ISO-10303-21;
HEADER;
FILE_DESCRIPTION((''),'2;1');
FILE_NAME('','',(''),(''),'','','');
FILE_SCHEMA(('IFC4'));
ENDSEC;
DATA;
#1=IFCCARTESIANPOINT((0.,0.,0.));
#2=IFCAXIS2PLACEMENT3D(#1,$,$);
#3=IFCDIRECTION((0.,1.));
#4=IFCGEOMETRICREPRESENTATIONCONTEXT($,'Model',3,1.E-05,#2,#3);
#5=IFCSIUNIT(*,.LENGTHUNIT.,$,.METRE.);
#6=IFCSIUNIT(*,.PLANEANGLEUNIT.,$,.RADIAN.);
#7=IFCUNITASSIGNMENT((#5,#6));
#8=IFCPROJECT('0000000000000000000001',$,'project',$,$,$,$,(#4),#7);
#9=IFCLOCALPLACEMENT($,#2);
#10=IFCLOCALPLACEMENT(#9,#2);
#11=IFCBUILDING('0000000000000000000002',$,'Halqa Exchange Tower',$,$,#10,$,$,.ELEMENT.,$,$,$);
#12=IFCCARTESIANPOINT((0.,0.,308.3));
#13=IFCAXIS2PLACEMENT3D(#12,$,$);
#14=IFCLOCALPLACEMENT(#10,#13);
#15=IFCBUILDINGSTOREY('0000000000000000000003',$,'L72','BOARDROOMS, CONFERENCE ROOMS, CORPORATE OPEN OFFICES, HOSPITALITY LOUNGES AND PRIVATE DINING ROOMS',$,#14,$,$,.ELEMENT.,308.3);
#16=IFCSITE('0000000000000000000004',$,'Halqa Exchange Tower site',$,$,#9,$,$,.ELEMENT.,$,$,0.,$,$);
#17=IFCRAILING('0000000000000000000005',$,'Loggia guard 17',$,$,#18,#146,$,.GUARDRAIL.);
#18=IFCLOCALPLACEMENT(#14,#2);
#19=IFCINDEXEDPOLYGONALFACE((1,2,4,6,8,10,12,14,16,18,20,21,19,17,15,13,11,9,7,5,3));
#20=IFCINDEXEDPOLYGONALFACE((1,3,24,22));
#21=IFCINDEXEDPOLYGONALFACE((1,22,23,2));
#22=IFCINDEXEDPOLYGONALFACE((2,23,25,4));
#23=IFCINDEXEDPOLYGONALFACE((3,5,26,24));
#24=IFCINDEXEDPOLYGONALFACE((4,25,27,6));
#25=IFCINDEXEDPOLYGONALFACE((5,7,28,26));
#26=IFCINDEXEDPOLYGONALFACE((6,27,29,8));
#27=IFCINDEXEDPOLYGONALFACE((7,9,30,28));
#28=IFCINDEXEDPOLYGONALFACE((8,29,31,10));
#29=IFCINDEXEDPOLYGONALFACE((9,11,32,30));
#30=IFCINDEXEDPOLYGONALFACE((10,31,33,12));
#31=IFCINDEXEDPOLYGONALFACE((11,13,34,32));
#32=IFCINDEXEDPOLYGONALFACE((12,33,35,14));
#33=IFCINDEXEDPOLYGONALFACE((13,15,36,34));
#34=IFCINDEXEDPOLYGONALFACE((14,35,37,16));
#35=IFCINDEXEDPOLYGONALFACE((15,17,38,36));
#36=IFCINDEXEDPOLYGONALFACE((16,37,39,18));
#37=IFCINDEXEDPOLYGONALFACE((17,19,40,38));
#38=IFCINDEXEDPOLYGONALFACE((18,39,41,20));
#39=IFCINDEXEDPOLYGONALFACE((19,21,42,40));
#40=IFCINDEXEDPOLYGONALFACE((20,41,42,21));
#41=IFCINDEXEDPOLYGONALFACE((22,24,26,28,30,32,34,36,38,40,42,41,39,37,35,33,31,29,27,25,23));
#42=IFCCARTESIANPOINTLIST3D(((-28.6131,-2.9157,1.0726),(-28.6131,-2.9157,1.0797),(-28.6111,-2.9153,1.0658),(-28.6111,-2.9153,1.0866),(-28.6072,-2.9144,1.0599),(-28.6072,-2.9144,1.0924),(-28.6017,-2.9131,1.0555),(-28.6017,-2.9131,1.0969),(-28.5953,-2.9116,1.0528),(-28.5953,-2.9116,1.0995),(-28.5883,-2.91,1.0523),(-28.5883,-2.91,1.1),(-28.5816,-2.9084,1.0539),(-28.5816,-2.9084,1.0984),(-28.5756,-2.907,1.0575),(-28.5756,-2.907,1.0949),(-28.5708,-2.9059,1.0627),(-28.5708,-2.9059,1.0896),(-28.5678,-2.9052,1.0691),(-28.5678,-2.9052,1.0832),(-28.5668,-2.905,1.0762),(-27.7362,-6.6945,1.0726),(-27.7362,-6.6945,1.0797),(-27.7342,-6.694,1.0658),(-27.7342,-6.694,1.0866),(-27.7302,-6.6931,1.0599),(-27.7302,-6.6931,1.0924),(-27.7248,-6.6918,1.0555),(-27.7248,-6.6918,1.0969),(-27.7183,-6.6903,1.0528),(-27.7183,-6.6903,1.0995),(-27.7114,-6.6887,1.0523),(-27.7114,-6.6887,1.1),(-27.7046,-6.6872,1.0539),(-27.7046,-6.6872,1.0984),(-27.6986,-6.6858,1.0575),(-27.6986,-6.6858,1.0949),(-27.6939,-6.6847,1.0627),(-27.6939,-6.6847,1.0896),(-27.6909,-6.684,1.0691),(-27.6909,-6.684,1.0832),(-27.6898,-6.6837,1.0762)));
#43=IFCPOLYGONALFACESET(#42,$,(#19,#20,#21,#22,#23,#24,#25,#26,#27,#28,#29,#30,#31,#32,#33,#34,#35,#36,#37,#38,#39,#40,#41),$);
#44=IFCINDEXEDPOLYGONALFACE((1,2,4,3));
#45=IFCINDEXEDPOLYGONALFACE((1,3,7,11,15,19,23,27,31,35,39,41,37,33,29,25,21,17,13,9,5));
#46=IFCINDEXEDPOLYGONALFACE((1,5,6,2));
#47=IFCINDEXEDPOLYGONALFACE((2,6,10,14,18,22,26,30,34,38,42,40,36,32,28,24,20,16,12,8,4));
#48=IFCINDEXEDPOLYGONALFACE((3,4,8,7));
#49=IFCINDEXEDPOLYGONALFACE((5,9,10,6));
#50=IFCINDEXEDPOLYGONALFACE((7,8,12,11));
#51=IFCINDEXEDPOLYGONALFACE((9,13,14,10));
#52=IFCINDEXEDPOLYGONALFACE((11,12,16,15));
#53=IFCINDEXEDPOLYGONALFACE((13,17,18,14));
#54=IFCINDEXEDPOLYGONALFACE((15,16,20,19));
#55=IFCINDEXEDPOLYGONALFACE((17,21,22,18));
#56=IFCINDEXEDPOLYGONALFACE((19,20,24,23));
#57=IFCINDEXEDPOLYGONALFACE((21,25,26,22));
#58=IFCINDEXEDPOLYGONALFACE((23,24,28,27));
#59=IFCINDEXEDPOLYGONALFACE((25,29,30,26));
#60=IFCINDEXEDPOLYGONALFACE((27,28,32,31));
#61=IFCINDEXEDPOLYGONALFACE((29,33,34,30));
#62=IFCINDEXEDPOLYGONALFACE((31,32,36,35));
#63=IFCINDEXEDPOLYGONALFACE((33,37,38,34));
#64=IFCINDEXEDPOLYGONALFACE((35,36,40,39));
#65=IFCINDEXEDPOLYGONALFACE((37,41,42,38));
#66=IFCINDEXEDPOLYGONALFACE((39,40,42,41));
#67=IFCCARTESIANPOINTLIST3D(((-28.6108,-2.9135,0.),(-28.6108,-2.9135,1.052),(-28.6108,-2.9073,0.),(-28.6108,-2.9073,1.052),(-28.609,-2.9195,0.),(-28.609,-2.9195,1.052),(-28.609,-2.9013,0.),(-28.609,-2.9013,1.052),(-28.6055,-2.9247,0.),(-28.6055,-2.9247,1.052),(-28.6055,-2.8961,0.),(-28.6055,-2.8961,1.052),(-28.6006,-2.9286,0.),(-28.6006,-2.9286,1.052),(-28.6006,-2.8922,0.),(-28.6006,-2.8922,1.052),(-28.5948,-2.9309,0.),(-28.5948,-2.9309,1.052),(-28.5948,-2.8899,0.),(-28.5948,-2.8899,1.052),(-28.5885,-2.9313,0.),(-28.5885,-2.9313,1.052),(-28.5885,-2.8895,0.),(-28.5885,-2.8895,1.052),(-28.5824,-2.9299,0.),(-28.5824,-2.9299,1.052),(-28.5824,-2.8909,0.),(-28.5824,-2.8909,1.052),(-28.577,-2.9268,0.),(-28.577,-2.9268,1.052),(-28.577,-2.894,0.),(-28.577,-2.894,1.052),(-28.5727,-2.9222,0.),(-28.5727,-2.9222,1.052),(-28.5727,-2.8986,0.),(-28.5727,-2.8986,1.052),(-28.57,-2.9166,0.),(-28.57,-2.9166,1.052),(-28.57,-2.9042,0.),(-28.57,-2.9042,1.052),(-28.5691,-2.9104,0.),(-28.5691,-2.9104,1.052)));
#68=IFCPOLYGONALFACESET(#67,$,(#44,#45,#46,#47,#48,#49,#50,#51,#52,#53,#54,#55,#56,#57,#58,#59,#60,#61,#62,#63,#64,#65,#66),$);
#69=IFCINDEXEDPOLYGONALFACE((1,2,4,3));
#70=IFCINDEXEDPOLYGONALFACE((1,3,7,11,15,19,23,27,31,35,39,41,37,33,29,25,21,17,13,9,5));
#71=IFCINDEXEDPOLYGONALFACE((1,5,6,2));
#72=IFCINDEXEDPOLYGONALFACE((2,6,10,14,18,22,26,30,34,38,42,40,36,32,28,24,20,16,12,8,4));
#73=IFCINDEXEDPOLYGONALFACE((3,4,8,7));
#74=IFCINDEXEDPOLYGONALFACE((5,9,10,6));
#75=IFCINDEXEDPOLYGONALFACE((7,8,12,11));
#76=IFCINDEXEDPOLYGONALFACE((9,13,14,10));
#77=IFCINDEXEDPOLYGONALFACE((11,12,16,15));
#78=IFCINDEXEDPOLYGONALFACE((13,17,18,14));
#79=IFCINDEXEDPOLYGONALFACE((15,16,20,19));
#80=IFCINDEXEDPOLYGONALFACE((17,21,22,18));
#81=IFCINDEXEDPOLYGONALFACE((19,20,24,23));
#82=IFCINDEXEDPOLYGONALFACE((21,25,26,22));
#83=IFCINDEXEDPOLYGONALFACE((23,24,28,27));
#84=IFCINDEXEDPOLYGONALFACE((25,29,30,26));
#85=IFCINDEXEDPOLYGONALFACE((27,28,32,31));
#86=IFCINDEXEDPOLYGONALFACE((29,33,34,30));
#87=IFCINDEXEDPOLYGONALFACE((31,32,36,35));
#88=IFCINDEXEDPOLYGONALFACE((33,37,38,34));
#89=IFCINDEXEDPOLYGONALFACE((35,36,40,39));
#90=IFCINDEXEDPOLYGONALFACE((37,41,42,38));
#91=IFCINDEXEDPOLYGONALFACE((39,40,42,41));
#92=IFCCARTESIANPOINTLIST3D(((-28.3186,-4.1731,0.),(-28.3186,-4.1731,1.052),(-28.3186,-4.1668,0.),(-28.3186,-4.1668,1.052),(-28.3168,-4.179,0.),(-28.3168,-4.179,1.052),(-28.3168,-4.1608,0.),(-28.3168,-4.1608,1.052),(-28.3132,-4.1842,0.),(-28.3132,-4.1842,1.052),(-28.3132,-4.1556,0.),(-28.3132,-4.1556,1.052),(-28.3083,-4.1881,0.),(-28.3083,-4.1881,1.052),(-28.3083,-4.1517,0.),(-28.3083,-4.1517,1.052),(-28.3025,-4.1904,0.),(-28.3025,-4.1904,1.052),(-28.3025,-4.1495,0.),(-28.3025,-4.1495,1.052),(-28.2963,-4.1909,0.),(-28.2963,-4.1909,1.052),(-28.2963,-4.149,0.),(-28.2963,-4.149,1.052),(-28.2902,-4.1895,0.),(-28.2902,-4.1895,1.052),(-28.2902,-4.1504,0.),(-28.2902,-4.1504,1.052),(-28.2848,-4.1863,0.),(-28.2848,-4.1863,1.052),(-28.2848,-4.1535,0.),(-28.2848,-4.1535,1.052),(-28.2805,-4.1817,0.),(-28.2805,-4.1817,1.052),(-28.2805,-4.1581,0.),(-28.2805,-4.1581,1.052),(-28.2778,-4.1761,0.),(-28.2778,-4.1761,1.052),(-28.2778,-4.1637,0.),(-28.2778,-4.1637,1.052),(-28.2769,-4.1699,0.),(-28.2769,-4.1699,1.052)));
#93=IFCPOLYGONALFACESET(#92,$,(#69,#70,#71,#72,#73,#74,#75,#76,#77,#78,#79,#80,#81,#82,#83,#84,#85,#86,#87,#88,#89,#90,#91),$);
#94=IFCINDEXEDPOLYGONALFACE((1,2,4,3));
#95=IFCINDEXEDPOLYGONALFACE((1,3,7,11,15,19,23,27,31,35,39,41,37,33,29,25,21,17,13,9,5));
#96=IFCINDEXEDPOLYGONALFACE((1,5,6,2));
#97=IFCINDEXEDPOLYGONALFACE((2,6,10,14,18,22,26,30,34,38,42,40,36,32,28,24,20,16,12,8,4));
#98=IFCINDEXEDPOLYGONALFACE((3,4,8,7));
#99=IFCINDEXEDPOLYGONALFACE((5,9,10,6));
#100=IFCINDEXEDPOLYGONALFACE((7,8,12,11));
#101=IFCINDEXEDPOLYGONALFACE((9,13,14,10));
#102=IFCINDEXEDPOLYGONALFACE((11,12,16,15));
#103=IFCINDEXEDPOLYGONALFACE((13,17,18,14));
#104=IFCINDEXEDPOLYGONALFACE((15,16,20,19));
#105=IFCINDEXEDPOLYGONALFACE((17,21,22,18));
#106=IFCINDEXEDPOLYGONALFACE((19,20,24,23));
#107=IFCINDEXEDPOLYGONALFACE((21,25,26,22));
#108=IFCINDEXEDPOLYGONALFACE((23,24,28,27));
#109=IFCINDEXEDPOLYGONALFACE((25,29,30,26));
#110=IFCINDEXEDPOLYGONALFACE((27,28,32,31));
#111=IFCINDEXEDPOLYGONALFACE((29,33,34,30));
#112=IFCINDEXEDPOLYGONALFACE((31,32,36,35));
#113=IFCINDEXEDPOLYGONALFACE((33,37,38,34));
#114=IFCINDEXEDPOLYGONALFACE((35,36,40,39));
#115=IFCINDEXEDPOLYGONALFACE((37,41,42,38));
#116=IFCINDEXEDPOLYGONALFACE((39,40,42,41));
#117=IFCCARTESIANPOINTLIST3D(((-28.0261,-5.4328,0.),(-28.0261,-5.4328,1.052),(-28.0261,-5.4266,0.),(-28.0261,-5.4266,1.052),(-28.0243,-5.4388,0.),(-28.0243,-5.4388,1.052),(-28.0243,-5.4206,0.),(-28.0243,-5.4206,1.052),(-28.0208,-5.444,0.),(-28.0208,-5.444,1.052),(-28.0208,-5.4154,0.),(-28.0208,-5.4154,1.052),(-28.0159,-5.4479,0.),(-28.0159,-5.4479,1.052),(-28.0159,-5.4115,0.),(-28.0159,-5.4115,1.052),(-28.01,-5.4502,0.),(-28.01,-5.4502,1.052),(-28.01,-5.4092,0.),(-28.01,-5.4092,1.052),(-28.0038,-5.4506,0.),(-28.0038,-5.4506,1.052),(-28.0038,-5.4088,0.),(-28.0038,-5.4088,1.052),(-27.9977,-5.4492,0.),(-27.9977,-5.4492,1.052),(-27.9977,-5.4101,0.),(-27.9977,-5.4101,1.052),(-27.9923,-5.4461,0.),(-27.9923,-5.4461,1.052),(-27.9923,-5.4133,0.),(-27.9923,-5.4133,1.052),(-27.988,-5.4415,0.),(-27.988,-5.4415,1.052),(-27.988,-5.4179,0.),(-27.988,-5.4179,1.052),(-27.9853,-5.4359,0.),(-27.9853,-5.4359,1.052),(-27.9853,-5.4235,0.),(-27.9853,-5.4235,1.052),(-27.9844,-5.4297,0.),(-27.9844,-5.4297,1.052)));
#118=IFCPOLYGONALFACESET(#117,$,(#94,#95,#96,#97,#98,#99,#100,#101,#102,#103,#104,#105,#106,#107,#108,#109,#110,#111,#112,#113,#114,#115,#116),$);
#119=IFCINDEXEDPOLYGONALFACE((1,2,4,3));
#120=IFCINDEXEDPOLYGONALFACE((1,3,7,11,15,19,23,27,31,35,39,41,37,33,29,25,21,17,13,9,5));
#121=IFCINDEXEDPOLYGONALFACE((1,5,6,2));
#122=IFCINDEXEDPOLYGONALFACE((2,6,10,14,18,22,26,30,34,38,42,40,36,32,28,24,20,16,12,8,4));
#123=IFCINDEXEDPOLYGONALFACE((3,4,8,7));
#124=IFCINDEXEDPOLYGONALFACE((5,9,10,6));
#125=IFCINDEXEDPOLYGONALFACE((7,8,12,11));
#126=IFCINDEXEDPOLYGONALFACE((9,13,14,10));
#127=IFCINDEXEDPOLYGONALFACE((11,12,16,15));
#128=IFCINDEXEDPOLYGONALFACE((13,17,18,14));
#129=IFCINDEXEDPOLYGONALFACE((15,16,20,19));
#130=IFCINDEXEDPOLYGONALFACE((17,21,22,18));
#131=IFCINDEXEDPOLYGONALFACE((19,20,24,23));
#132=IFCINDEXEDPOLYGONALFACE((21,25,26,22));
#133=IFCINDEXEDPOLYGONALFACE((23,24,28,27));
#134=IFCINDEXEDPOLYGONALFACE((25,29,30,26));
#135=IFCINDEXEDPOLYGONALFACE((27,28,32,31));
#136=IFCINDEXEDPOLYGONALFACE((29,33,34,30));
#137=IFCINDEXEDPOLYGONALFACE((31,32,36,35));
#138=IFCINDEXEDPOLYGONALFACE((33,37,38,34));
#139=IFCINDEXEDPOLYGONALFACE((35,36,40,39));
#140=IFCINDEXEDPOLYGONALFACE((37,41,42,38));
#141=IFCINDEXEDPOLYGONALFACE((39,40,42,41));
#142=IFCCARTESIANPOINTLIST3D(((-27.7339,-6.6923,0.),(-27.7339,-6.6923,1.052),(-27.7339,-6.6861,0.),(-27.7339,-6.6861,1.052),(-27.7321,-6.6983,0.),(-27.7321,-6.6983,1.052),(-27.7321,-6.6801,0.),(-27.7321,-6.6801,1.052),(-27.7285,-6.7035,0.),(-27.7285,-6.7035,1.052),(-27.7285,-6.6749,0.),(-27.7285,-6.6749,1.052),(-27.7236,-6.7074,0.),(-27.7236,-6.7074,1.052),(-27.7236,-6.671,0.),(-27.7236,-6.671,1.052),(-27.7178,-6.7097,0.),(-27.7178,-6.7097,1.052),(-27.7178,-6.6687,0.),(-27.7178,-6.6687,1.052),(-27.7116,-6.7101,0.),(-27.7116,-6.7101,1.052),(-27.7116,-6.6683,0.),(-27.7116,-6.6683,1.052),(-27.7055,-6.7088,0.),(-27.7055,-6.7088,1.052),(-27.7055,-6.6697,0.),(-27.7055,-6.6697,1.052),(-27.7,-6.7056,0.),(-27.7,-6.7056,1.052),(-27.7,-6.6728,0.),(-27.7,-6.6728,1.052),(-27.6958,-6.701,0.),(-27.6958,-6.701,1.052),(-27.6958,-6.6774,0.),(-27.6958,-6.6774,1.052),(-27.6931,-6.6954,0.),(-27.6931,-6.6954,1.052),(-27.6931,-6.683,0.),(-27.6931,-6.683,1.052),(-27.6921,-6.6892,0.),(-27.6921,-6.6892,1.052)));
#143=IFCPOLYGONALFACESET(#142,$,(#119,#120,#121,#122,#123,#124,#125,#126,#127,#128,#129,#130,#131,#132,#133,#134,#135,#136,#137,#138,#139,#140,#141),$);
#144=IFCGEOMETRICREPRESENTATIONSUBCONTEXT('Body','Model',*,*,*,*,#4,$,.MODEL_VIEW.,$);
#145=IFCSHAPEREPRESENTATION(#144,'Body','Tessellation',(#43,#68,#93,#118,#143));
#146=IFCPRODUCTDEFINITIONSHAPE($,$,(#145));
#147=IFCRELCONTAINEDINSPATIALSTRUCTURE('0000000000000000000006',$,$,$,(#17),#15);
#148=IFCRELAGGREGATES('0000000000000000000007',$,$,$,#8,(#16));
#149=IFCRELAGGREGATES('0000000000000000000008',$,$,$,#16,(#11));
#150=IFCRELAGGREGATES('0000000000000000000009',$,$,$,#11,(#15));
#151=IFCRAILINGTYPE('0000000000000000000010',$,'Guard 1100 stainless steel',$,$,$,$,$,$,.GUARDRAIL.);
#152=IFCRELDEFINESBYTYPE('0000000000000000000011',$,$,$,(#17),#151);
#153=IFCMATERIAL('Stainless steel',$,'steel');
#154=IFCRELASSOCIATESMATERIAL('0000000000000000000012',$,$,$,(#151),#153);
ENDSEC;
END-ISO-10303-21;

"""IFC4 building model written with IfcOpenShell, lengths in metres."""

from ifc_helpers import new_model, si_unit, direction, frame, origin, origin_2d, place, context, subcontext, project, spatial, circle, extrude, material, type_object, element, save


model = new_model("IFC4")

# Units and contexts
model_context = context("Model", 3, precision=1e-05, world=origin(), true_north=direction((0.0, 1.0)))
body_context = subcontext(model_context, "Body", "Model", "MODEL_VIEW")
ifc_project = project(units=[si_unit("LENGTHUNIT", "METRE"), si_unit("PLANEANGLEUNIT", "RADIAN")], contexts=[model_context])

# Site, building, storey
site_placement = place(None, origin())
site = spatial("IfcSite", under=ifc_project, at=site_placement, Name="Halqa Exchange Tower site", CompositionType="ELEMENT", RefElevation=0.0)
building_placement = place(site_placement, origin())
building = spatial("IfcBuilding", under=site, at=building_placement, Name="Halqa Exchange Tower", CompositionType="ELEMENT")
storey_placement = place(building_placement, frame((0.0, 0.0, 308.3)))
storey = spatial("IfcBuildingStorey", under=building, at=storey_placement, Name="L72", Description="BOARDROOMS, CONFERENCE ROOMS, CORPORATE OPEN OFFICES, HOSPITALITY LOUNGES AND PRIVATE DINING ROOMS", CompositionType="ELEMENT", Elevation=308.3)

# Railing
ifc_material_1 = material(Name="Stainless steel", Category="steel")
railing_type = type_object("IfcRailingType", Name="Guard 1100 stainless steel", PredefinedType="GUARDRAIL", material=ifc_material_1)
railing_1_placement = place(storey_placement, frame((-28.5901, -2.9104, 0.0)))
element("IfcRailing", 1, at=railing_1_placement, inside=storey, type_object=railing_type, Name="Loggia guard 17", PredefinedType="GUARDRAIL", context=body_context, shape_type="SweptSolid", body=[
    extrude(circle(Radius=0.0239, at=origin_2d()), frame((0.0, 0.0, 1.0762), z_axis=(0.226064, -0.974113, 0.0), x_axis=(0.974113, 0.226064, 0.0)), (0.0, 0.0, 1.0), 3.8792),
    extrude(circle(Radius=0.021, at=origin_2d()), origin(), (0.0, 0.0, 1.0), 1.052),
    extrude(circle(Radius=0.021, at=origin_2d()), frame((0.2922, -1.2595, 0.0)), (0.0, 0.0, 1.0), 1.052),
    extrude(circle(Radius=0.021, at=origin_2d()), frame((0.5847, -2.5193, 0.0)), (0.0, 0.0, 1.0), 1.052),
    extrude(circle(Radius=0.021, at=origin_2d()), frame((0.877, -3.7788, 0.0)), (0.0, 0.0, 1.0), 1.052),
])

save(model, "model.ifc")
